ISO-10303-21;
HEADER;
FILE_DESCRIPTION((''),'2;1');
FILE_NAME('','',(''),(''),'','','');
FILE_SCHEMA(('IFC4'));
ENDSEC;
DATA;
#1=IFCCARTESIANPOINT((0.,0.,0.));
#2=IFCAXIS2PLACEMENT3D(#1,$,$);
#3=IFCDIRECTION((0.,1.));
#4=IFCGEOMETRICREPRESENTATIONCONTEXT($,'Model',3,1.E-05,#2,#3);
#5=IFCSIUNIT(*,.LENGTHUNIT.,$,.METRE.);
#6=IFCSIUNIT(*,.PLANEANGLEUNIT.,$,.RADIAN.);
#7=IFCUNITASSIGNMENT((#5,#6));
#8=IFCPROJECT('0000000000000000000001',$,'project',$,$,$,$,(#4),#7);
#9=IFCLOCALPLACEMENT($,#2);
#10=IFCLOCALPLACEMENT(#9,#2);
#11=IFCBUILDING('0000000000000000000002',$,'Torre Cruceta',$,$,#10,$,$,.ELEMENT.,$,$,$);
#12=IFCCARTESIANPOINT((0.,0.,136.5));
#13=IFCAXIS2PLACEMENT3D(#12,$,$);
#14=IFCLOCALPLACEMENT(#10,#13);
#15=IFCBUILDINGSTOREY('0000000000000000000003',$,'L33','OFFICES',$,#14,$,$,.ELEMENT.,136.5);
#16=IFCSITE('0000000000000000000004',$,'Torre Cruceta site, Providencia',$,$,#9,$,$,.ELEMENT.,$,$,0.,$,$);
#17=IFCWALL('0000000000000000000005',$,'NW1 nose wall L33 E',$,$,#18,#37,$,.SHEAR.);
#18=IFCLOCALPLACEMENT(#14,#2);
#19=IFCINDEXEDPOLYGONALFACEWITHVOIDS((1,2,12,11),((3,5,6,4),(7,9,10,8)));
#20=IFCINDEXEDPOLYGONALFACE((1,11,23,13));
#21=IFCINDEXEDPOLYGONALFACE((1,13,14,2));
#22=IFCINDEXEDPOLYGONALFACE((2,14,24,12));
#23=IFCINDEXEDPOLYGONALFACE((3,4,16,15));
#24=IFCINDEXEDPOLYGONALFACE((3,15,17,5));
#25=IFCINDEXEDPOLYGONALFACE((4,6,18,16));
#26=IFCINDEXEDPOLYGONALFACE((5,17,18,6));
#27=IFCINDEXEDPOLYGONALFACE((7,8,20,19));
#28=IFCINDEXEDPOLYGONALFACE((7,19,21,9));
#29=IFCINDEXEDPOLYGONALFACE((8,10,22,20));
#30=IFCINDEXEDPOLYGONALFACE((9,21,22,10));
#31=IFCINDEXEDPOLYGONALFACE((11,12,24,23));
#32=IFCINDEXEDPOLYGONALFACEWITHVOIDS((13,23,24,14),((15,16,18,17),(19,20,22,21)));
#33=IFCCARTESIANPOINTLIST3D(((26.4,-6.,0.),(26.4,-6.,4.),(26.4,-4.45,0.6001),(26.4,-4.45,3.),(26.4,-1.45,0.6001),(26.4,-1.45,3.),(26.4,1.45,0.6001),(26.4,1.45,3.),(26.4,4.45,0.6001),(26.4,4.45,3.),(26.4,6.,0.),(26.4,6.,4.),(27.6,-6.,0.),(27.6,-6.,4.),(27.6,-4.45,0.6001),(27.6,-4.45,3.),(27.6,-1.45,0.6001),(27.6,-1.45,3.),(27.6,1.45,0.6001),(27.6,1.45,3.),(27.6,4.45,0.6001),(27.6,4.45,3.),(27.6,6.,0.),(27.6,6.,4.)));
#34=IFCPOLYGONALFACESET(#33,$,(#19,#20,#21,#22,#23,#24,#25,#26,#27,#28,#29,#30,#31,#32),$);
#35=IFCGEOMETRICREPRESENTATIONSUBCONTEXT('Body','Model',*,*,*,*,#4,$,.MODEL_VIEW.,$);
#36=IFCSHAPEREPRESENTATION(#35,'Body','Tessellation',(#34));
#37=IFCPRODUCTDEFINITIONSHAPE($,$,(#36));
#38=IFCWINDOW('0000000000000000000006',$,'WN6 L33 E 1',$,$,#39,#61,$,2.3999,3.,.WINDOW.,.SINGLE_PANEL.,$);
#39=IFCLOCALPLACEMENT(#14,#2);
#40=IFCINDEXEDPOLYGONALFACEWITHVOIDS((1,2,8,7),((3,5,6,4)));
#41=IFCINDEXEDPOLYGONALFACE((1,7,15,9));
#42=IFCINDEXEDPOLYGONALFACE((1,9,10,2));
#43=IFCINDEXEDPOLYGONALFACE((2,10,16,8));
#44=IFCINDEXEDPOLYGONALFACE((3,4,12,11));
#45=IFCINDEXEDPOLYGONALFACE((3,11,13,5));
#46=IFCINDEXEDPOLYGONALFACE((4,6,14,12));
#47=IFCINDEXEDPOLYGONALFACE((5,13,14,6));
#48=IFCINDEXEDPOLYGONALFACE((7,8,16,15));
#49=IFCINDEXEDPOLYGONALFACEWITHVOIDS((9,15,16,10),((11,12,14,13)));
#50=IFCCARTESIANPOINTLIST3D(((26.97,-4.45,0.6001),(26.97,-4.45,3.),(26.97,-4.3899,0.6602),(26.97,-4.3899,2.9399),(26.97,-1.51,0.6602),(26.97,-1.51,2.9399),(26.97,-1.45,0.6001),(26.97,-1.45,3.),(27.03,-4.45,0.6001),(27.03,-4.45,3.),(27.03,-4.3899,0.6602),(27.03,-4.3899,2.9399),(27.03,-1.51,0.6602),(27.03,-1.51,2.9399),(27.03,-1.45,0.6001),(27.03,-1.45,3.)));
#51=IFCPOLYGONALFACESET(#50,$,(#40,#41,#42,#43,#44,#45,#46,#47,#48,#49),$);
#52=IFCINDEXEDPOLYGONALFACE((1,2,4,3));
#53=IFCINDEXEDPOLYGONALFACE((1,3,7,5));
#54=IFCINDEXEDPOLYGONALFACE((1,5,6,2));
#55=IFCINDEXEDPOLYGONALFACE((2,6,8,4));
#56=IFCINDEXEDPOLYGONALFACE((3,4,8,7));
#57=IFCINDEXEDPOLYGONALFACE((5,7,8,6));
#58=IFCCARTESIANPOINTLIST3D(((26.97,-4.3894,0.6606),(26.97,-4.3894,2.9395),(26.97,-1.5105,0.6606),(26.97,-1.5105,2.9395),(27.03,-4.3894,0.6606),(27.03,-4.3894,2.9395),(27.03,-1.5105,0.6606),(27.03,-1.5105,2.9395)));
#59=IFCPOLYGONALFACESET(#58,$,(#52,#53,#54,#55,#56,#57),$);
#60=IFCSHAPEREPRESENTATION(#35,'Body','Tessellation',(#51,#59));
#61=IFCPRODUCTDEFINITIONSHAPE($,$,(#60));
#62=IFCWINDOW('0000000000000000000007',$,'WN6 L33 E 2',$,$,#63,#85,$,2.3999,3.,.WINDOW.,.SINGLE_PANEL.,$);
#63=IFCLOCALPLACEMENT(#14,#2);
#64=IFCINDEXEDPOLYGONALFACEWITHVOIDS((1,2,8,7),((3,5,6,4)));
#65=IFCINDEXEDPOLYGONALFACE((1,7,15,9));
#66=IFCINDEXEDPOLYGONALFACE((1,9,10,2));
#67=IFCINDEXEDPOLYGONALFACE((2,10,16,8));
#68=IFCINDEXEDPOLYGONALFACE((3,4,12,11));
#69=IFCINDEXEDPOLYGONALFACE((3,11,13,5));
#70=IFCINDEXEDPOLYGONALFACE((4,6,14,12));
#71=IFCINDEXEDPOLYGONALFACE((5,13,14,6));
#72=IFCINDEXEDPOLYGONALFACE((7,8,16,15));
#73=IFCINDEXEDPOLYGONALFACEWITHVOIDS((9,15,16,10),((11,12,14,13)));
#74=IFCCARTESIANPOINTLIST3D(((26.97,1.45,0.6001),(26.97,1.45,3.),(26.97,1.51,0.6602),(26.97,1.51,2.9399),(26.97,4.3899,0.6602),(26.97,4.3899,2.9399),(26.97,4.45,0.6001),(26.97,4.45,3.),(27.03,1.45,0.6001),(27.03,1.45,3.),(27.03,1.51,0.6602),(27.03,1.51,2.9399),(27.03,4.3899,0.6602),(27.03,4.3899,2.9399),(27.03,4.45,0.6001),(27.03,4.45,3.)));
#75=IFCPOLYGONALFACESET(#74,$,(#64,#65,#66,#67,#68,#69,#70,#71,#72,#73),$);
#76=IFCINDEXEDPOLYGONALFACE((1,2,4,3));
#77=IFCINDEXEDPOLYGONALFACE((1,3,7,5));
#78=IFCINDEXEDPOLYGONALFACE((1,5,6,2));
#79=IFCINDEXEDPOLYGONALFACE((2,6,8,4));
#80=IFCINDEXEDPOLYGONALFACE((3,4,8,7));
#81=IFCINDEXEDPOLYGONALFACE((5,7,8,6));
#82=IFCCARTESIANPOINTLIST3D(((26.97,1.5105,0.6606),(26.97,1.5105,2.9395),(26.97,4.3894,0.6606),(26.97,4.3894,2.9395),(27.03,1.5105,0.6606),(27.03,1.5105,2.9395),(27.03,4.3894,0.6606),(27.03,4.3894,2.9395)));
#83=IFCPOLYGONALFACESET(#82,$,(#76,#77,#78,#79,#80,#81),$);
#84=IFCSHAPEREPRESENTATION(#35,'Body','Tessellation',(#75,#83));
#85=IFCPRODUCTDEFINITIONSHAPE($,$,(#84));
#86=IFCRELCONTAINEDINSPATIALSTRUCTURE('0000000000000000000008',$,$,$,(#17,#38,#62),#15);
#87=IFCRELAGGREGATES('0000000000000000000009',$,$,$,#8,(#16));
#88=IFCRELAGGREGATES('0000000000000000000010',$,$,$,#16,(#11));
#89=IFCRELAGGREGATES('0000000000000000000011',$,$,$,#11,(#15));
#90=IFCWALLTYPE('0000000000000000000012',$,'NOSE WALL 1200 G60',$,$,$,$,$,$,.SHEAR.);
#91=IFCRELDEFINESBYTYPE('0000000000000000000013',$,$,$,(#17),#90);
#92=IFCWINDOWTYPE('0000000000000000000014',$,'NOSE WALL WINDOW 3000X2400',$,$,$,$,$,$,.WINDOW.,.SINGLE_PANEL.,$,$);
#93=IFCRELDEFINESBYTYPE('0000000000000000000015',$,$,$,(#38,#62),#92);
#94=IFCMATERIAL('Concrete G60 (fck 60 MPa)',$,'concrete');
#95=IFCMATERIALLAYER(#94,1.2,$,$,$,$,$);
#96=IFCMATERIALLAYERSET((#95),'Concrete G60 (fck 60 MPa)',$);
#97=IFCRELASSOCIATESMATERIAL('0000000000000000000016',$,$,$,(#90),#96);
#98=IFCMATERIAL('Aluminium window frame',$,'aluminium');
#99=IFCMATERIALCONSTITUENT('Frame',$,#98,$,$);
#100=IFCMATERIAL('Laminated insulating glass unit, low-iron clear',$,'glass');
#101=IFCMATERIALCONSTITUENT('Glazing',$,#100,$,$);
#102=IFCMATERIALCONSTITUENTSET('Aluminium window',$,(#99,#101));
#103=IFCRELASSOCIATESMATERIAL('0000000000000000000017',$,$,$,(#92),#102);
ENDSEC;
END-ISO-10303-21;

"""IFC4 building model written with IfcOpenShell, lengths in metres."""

from ifc_helpers import new_model, si_unit, direction, frame, frame_2d, origin, place, context, subcontext, project, spatial, rectangle, hollow_rectangle, extrude, material, layer, layer_set, constituent, constituent_set, type_object, element, fill, save


model = new_model("IFC4")

# Units and contexts
model_context = context("Model", 3, precision=1e-05, world=origin(), true_north=direction((0.0, 1.0)))
body_context = subcontext(model_context, "Body", "Model", "MODEL_VIEW")
ifc_project = project(units=[si_unit("LENGTHUNIT", "METRE"), si_unit("PLANEANGLEUNIT", "RADIAN")], contexts=[model_context])

# Site, building, storey
site_placement = place(None, origin())
site = spatial("IfcSite", under=ifc_project, at=site_placement, Name="Torre Cruceta site, Providencia", CompositionType="ELEMENT", RefElevation=0.0)
building_placement = place(site_placement, origin())
building = spatial("IfcBuilding", under=site, at=building_placement, Name="Torre Cruceta", CompositionType="ELEMENT")
storey_placement = place(building_placement, frame((0.0, 0.0, 136.5)))
storey = spatial("IfcBuildingStorey", under=building, at=storey_placement, Name="L33", Description="OFFICES", CompositionType="ELEMENT", Elevation=136.5)

# Wall, openings, windows
ifc_material_1 = material(Name="Concrete G60 (fck 60 MPa)", Category="concrete")
ifc_layer_1 = layer(ifc_material_1, 1.2)
ifc_layer_set_1 = layer_set([ifc_layer_1], Name="Concrete G60 (fck 60 MPa)")
wall_type_1 = type_object("IfcWallType", Name="NOSE WALL 1200 G60", PredefinedType="SHEAR", material=ifc_layer_set_1)
wall_1_placement = place(storey_placement, frame((27.0, -6.0, 0.0), z_axis=(0.0, 0.0, 1.0), x_axis=(0.0, 1.0, 0.0)))
wall_1 = element("IfcWall", 1, at=wall_1_placement, inside=storey, type_object=wall_type_1, Name="NW1 nose wall L33 E", PredefinedType="SHEAR", context=body_context, shape_type="SweptSolid", body=[
    extrude(rectangle(XDim=12.0, YDim=1.2, at=frame_2d((6.0, 0.0))), origin(), (0.0, 0.0, 1.0), 4.0),
])
opening_1_placement = place(wall_1_placement, frame((1.55, 0.0, 0.6001)))
opening_1 = element("IfcOpeningElement", 2, at=opening_1_placement, cuts=wall_1, PredefinedType="OPENING", context=body_context, shape_type="SweptSolid", body=[
    extrude(rectangle(XDim=3.0, YDim=2.3999, at=frame_2d((1.5, 1.2))), frame((0.0, 0.6099, 0.0), z_axis=(0.0, -1.0, 0.0), x_axis=(1.0, 0.0, 0.0)), (0.0, 0.0, 1.0), 1.22),
])
opening_2_placement = place(wall_1_placement, frame((7.45, 0.0, 0.6001)))
opening_2 = element("IfcOpeningElement", 3, at=opening_2_placement, cuts=wall_1, PredefinedType="OPENING", context=body_context, shape_type="SweptSolid", body=[
    extrude(rectangle(XDim=3.0, YDim=2.3999, at=frame_2d((1.5, 1.2))), frame((0.0, 0.6099, 0.0), z_axis=(0.0, -1.0, 0.0), x_axis=(1.0, 0.0, 0.0)), (0.0, 0.0, 1.0), 1.22),
])
ifc_material_2 = material(Name="Aluminium window frame", Category="aluminium")
ifc_constituent_1 = constituent(ifc_material_2, Name="Frame")
ifc_material_3 = material(Name="Laminated insulating glass unit, low-iron clear", Category="glass")
ifc_constituent_2 = constituent(ifc_material_3, Name="Glazing")
ifc_constituent_set_1 = constituent_set(constituents=[ifc_constituent_1, ifc_constituent_2], Name="Aluminium window")
window_type_1 = type_object("IfcWindowType", Name="NOSE WALL WINDOW 3000X2400", PartitioningType="SINGLE_PANEL", PredefinedType="WINDOW", material=ifc_constituent_set_1)
window_1_placement = place(opening_1_placement, origin())
window_1 = element("IfcWindow", 4, at=window_1_placement, inside=storey, type_object=window_type_1, Name="WN6 L33 E 1", OverallHeight=2.3999, OverallWidth=3.0, PartitioningType="SINGLE_PANEL", PredefinedType="WINDOW", context=body_context, shape_type="SweptSolid", body=[
    extrude(hollow_rectangle(XDim=3.0, YDim=2.3999, WallThickness=0.0601, at=frame_2d((1.5, 1.2))), frame((0.0, 0.03, 0.0), z_axis=(0.0, -1.0, 0.0), x_axis=(1.0, 0.0, 0.0)), (0.0, 0.0, 1.0), 0.0601),
    extrude(rectangle(XDim=2.8789, YDim=2.2788, at=frame_2d((1.5, 1.2))), frame((0.0, 0.03, 0.0), z_axis=(0.0, -1.0, 0.0), x_axis=(1.0, 0.0, 0.0)), (0.0, 0.0, 1.0), 0.0601),
])
fill(opening_1, window_1)
window_2_placement = place(opening_2_placement, origin())
window_2 = element("IfcWindow", 5, at=window_2_placement, inside=storey, type_object=window_type_1, Name="WN6 L33 E 2", OverallHeight=2.3999, OverallWidth=3.0, PartitioningType="SINGLE_PANEL", PredefinedType="WINDOW", context=body_context, shape_type="SweptSolid", body=[
    extrude(hollow_rectangle(XDim=3.0, YDim=2.3999, WallThickness=0.0601, at=frame_2d((1.5, 1.2))), frame((0.0, 0.03, 0.0), z_axis=(0.0, -1.0, 0.0), x_axis=(1.0, 0.0, 0.0)), (0.0, 0.0, 1.0), 0.0601),
    extrude(rectangle(XDim=2.8789, YDim=2.2788, at=frame_2d((1.5, 1.2))), frame((0.0, 0.03, 0.0), z_axis=(0.0, -1.0, 0.0), x_axis=(1.0, 0.0, 0.0)), (0.0, 0.0, 1.0), 0.0601),
])
fill(opening_2, window_2)

save(model, "model.ifc")
